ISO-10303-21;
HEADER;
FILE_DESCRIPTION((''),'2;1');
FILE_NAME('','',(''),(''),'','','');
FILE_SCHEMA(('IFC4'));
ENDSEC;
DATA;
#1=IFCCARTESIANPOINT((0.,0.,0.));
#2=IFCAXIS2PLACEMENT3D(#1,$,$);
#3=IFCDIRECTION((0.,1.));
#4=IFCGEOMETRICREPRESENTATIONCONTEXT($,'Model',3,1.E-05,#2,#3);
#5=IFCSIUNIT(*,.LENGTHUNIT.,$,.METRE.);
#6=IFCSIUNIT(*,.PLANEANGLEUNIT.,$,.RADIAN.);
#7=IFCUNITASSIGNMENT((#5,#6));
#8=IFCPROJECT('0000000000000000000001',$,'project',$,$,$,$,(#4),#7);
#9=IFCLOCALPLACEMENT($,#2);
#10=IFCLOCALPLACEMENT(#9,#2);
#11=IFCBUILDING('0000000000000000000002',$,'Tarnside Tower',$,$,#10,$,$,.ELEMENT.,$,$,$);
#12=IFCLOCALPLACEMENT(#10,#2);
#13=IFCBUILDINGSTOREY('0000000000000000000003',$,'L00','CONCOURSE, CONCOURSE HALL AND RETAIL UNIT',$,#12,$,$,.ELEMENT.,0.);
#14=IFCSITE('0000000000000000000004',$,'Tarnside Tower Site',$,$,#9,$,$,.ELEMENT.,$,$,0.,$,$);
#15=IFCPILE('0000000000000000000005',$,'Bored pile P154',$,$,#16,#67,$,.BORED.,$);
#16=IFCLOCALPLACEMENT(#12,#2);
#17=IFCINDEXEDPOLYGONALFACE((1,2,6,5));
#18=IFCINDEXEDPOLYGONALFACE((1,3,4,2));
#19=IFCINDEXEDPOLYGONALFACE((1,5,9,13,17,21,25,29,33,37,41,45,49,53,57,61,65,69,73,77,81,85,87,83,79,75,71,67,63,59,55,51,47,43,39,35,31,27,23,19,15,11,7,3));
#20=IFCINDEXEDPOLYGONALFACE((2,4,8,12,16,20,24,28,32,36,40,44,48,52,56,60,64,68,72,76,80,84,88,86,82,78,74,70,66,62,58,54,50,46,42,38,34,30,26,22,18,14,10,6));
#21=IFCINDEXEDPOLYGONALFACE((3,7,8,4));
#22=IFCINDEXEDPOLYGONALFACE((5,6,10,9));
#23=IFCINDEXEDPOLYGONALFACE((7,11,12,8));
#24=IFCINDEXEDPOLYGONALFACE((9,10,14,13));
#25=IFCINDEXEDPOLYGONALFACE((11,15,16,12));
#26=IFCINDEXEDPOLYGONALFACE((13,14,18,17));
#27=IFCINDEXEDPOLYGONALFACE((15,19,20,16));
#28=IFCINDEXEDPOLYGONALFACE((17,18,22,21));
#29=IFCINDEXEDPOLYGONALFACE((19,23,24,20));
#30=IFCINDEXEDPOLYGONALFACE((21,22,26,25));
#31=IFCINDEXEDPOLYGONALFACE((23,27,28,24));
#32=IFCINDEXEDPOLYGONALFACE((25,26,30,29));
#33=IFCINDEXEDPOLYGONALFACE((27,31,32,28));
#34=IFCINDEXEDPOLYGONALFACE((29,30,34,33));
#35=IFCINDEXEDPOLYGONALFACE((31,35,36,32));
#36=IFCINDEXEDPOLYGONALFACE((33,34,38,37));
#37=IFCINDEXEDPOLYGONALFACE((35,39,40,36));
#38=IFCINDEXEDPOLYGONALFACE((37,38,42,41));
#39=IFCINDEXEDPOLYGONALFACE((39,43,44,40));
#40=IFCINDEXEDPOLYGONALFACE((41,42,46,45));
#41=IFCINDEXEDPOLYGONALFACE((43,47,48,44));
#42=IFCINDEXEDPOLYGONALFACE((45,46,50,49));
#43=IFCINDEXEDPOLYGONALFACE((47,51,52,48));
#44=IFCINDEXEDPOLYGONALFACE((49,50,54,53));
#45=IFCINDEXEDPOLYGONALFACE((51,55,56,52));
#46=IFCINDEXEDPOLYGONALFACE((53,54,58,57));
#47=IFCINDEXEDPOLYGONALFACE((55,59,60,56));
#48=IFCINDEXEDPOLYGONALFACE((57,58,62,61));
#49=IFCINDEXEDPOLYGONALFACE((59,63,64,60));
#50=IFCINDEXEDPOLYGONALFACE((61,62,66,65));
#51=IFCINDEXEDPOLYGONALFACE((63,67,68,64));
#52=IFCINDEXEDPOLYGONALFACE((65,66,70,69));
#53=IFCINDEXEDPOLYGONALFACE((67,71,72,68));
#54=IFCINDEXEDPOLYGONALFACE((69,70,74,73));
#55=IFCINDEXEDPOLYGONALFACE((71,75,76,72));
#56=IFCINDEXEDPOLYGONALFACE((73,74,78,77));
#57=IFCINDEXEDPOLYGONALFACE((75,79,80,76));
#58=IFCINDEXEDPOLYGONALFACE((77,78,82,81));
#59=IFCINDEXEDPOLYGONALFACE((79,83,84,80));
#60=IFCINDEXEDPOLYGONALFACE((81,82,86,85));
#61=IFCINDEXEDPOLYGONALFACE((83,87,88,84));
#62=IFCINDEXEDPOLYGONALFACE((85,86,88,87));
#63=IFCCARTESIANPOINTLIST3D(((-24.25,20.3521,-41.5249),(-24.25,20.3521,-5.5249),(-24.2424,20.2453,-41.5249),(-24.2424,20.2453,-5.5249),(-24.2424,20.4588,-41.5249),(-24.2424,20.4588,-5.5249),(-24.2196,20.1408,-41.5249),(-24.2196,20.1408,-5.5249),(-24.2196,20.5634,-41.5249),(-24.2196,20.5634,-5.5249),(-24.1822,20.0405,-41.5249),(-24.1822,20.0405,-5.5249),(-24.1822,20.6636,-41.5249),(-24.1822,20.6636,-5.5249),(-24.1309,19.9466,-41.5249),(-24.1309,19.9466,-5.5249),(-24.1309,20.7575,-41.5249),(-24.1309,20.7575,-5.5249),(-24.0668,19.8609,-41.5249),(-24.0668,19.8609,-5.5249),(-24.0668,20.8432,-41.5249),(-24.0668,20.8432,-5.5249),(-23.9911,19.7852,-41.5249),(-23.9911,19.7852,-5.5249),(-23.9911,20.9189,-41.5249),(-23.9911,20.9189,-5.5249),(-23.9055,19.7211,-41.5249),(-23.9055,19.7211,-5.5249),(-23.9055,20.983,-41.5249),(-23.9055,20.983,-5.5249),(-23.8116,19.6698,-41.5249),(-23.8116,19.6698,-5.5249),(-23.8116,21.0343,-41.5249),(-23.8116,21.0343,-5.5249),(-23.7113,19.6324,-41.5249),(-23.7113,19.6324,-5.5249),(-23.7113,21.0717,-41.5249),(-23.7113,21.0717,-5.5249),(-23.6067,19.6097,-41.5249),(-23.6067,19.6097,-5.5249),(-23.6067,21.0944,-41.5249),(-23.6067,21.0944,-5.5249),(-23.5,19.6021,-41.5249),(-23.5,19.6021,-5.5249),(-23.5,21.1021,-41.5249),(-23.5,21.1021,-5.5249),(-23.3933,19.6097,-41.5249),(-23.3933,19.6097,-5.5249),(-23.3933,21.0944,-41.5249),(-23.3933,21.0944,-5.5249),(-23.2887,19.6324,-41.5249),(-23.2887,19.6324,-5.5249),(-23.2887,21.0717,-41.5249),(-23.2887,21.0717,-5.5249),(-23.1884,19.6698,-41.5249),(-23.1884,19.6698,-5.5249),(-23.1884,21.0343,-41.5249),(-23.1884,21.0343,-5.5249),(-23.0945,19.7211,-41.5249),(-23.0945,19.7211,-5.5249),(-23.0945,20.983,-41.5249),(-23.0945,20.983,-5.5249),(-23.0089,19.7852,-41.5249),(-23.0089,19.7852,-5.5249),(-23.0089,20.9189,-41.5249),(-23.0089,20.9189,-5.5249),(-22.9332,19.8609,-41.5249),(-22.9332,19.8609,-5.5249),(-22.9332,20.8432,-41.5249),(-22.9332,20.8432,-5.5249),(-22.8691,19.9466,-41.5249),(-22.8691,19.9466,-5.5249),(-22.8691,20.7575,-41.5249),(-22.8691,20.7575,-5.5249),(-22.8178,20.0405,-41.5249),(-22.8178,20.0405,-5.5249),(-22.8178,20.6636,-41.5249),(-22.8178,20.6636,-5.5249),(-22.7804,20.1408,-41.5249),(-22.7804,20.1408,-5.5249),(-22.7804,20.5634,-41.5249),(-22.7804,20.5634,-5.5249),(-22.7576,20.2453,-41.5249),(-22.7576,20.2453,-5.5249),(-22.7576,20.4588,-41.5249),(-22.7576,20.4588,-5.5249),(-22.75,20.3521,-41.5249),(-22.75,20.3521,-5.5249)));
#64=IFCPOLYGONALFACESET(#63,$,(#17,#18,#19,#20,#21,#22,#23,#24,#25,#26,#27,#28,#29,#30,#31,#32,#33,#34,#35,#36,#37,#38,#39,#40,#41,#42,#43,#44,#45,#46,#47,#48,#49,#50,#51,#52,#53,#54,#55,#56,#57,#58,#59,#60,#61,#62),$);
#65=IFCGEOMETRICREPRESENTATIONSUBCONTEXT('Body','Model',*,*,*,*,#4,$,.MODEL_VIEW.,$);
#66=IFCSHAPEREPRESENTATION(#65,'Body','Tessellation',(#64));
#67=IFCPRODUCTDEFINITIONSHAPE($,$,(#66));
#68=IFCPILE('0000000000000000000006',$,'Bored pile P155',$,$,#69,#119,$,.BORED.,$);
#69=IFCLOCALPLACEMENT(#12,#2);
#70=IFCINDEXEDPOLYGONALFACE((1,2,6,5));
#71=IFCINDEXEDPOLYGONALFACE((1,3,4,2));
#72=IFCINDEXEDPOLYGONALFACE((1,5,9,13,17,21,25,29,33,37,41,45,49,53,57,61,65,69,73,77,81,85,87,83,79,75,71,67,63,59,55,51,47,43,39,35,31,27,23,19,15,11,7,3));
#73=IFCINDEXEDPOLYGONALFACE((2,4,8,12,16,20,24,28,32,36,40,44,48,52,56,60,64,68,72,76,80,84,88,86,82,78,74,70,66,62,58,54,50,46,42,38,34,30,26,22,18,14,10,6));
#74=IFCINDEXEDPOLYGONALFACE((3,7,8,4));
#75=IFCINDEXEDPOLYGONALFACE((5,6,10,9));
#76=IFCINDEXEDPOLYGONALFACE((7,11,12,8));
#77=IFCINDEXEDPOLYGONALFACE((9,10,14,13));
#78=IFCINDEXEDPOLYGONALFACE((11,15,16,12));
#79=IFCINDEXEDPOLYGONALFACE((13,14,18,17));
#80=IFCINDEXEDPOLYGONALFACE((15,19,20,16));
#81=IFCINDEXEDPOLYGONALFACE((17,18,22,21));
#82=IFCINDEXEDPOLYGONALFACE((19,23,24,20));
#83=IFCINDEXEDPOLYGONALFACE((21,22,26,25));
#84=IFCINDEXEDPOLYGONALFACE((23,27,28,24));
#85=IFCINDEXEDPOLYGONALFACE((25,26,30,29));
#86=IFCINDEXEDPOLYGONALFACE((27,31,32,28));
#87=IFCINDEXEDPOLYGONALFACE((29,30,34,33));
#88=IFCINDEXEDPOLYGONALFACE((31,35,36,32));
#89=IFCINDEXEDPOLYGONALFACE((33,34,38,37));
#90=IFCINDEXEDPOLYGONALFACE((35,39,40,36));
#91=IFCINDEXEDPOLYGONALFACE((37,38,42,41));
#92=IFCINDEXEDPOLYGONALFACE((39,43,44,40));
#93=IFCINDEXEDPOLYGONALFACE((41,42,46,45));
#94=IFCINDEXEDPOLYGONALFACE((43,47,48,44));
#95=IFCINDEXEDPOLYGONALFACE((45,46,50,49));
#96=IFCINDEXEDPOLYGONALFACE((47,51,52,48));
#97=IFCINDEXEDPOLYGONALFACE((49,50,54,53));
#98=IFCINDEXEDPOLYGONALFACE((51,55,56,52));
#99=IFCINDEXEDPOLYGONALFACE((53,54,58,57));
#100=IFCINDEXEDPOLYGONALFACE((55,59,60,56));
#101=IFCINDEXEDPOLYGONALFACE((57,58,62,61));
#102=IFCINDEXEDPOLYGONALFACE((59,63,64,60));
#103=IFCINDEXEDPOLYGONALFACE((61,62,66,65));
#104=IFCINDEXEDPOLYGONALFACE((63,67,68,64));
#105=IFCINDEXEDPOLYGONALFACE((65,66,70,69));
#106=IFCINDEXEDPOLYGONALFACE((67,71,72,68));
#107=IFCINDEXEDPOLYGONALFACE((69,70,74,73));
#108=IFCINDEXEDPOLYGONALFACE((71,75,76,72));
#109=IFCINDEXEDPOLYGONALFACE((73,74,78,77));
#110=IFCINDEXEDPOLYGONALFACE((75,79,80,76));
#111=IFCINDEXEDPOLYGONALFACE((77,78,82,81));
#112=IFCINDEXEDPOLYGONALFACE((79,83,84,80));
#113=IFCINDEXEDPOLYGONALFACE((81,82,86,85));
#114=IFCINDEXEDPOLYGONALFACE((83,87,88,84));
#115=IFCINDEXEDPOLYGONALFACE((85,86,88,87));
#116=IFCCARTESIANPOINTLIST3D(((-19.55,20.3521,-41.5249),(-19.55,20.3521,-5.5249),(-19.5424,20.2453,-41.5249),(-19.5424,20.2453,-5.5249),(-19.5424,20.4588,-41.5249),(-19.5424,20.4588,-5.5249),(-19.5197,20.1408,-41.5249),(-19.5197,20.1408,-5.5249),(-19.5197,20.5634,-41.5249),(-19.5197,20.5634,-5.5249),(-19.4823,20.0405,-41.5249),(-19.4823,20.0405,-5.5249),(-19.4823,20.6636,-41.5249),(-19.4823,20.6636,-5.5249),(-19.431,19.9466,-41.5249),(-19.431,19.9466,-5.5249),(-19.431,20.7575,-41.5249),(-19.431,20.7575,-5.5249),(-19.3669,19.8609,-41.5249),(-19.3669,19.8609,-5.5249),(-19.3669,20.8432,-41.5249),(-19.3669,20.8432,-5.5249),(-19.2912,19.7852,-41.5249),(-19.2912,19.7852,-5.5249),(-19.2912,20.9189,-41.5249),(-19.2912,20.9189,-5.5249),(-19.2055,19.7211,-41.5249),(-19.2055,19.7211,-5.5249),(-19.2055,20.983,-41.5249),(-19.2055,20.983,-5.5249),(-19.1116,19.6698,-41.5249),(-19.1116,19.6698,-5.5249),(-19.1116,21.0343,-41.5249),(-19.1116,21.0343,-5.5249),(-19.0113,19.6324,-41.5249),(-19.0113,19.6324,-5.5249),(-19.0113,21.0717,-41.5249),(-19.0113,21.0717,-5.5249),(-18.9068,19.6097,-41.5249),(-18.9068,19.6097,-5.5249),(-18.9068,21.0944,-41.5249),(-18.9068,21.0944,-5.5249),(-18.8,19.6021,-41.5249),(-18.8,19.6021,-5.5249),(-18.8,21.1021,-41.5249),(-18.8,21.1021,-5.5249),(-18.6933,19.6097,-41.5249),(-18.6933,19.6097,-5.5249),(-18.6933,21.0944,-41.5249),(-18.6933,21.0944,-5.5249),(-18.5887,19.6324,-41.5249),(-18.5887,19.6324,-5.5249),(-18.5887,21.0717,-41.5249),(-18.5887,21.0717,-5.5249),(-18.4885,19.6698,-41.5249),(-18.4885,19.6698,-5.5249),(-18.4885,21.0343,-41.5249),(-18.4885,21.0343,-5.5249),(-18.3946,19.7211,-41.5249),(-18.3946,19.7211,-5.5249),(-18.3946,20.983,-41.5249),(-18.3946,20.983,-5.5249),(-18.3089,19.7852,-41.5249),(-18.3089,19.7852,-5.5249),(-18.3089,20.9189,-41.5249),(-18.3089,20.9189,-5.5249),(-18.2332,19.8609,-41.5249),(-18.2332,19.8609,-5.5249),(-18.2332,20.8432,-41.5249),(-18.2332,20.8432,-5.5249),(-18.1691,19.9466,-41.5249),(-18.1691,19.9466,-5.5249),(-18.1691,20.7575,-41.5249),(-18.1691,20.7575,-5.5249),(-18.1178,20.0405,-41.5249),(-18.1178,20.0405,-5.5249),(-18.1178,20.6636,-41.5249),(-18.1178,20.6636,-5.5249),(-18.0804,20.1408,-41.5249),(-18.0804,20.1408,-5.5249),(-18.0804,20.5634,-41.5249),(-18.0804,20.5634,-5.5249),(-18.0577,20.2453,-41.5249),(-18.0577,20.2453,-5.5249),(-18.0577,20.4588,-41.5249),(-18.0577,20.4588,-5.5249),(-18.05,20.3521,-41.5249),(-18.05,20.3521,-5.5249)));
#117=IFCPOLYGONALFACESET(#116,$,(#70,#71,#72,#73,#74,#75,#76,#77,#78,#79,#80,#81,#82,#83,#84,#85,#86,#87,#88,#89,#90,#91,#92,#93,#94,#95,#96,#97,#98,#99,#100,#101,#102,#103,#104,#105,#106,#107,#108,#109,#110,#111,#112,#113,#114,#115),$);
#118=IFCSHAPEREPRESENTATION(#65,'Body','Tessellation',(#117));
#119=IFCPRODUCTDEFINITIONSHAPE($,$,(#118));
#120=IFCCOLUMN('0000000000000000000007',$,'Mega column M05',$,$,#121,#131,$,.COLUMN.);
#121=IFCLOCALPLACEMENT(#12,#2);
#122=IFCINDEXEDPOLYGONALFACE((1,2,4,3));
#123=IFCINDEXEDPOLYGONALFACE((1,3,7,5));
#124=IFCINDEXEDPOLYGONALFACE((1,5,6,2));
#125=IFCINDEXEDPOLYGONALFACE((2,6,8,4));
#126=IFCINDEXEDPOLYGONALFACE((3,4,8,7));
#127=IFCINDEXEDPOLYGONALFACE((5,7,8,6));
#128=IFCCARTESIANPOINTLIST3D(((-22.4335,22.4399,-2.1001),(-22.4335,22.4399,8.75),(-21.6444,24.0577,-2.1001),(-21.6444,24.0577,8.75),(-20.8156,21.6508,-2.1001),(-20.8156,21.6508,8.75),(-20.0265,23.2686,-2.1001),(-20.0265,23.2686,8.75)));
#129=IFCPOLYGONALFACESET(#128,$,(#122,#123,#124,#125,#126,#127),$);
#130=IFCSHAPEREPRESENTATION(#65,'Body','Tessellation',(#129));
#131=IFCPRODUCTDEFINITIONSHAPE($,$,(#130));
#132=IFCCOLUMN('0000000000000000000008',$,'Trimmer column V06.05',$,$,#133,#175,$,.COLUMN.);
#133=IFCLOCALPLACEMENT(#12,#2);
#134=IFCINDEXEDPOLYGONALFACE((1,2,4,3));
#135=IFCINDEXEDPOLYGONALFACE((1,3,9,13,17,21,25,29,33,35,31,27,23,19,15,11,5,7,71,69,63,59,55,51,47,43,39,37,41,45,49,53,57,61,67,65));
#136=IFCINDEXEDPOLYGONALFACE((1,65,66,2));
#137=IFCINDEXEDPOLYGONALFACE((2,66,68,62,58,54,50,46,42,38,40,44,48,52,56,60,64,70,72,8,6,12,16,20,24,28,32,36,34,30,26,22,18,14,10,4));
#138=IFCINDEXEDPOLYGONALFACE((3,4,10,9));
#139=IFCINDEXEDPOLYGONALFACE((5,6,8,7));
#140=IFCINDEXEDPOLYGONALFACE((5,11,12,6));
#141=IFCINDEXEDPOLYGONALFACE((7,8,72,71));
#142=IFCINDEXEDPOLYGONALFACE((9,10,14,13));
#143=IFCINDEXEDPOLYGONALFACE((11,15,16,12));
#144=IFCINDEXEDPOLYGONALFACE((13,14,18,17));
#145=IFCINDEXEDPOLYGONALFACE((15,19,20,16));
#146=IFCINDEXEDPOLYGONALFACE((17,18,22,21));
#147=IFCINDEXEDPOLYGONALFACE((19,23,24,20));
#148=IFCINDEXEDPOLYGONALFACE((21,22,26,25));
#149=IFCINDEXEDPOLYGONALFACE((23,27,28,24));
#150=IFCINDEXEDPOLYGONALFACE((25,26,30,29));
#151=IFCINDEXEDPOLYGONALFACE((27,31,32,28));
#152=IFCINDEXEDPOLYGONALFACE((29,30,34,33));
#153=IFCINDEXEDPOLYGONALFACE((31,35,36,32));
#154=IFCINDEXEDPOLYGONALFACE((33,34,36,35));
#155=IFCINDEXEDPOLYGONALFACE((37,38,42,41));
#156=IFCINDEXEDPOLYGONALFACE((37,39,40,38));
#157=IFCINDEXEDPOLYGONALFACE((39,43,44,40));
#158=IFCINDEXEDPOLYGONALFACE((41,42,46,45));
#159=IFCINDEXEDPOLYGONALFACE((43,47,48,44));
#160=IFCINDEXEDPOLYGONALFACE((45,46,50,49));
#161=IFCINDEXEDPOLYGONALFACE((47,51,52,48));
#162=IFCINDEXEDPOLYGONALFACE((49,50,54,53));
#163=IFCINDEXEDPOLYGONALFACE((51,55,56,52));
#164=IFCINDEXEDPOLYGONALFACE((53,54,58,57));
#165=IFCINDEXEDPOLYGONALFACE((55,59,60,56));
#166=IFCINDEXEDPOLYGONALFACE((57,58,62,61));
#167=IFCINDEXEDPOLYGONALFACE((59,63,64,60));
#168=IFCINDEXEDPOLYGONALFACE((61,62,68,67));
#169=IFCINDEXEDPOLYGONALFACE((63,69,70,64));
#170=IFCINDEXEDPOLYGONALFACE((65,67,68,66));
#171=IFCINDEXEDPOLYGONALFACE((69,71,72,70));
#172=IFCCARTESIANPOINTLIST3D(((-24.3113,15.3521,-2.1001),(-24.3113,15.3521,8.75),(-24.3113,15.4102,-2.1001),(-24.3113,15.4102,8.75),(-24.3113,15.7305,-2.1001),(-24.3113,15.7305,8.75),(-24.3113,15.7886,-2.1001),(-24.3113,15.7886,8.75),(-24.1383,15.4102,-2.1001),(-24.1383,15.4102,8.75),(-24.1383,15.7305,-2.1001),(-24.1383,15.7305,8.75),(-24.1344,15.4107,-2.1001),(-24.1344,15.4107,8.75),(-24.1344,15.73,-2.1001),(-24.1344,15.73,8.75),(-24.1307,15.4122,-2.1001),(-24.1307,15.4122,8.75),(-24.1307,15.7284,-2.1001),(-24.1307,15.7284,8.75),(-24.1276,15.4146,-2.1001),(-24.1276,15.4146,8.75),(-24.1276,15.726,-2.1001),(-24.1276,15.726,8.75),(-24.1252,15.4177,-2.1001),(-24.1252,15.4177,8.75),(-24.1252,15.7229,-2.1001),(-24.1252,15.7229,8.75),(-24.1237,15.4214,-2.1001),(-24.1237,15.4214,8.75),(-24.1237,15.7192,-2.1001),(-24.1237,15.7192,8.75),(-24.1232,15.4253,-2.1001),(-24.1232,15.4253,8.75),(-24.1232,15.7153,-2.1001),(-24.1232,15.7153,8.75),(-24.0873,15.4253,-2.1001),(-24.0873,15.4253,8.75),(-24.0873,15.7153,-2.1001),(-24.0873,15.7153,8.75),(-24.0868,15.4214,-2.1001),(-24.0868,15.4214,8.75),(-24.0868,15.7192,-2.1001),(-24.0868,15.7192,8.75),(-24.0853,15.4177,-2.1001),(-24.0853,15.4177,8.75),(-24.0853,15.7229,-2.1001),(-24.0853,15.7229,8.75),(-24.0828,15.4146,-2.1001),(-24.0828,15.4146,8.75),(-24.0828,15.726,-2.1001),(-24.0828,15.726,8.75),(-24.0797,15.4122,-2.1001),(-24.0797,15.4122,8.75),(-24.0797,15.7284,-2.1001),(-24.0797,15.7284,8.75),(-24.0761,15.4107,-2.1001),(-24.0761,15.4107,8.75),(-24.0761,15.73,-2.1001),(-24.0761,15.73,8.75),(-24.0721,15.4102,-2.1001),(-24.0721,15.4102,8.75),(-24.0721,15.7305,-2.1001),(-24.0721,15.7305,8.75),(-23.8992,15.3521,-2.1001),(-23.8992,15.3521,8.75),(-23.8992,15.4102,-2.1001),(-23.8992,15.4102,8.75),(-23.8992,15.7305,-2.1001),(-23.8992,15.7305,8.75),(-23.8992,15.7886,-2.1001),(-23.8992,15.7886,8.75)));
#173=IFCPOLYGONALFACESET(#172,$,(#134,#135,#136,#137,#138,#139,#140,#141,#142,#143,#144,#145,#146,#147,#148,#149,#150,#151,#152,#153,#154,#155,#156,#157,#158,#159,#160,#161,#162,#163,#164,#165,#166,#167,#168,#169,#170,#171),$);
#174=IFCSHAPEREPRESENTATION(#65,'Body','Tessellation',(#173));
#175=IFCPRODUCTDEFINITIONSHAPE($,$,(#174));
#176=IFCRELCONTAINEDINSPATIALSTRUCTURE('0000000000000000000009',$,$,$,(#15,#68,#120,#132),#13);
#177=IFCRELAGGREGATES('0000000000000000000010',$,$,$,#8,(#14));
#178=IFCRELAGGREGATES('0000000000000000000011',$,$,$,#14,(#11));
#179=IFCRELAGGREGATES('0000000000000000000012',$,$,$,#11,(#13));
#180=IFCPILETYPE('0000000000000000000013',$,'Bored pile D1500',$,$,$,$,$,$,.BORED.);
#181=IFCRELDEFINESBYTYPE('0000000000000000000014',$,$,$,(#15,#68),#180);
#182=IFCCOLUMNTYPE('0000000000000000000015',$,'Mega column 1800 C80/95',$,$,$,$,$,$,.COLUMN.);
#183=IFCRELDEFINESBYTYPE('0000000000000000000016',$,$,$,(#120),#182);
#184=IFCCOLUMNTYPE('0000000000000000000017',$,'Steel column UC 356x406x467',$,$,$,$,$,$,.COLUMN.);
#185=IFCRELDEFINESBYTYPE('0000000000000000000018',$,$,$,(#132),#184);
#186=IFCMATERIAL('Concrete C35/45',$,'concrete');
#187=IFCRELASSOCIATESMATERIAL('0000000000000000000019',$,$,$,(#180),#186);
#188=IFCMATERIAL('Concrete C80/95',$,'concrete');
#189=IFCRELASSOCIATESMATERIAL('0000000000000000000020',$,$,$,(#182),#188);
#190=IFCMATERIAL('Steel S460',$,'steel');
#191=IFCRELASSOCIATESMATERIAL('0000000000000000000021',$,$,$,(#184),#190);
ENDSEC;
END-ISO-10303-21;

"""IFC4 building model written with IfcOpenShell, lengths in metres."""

from ifc_helpers import new_model, si_unit, direction, frame, origin, origin_2d, place, context, subcontext, project, spatial, rectangle, circle, i_section, extrude, material, material_profile, profile_set, type_object, element, save


model = new_model("IFC4")

# Units and contexts
model_context = context("Model", 3, precision=1e-05, world=origin(), true_north=direction((0.0, 1.0)))
body_context = subcontext(model_context, "Body", "Model", "MODEL_VIEW")
ifc_project = project(units=[si_unit("LENGTHUNIT", "METRE"), si_unit("PLANEANGLEUNIT", "RADIAN")], contexts=[model_context])

# Site, building, storey
site_placement = place(None, origin())
site = spatial("IfcSite", under=ifc_project, at=site_placement, Name="Tarnside Tower Site", CompositionType="ELEMENT", RefElevation=0.0)
building_placement = place(site_placement, origin())
building = spatial("IfcBuilding", under=site, at=building_placement, Name="Tarnside Tower", CompositionType="ELEMENT")
storey_placement = place(building_placement, origin())
storey = spatial("IfcBuildingStorey", under=building, at=storey_placement, Name="L00", Description="CONCOURSE, CONCOURSE HALL AND RETAIL UNIT", CompositionType="ELEMENT", Elevation=0.0)

# Piles
ifc_material_1 = material(Name="Concrete C35/45", Category="concrete")
ifc_material_profile_1 = material_profile(ifc_material_1, circle(Radius=0.75, at=origin_2d()), Name="Bored pile D1500")
ifc_profile_set_1 = profile_set([ifc_material_profile_1], Name="Concrete C35/45")
pile_type = type_object("IfcPileType", Name="Bored pile D1500", PredefinedType="BORED", material=ifc_profile_set_1)
for number, where, z_axis, x_axis, name in (
    (1, (-23.5, 20.3521, -5.5249), (0.0, 0.0, -1.0), (1.0, 0.0, 0.0), "Bored pile P154"),
    (2, (-18.8, 20.3521, -5.5249), (0.0, 0.0, -1.0), (1.0, 0.0, 0.0), "Bored pile P155"),
):
    element("IfcPile", number, at=place(storey_placement, frame(where, z_axis=z_axis, x_axis=x_axis)), inside=storey, type_object=pile_type, Name=name, PredefinedType="BORED", context=body_context, shape_type="SweptSolid", body=[
        extrude(circle(Radius=0.75, at=origin_2d()), origin(), (0.0, 0.0, 1.0), 36.0),
    ])

# Columns
ifc_material_2 = material(Name="Concrete C80/95", Category="concrete")
ifc_material_profile_2 = material_profile(ifc_material_2, rectangle(XDim=1.8, YDim=1.8, at=origin_2d()), Name="Mega column 1800x1800")
ifc_profile_set_2 = profile_set([ifc_material_profile_2], Name="Concrete C80/95")
column_type_1 = type_object("IfcColumnType", Name="Mega column 1800 C80/95", PredefinedType="COLUMN", material=ifc_profile_set_2)
column_placement = place(storey_placement, frame((-21.23, 22.8542, -2.1001), z_axis=(0.0, 0.0, 1.0), x_axis=(0.438371, 0.898794, 0.0)))
element("IfcColumn", 3, at=column_placement, inside=storey, type_object=column_type_1, Name="Mega column M05", PredefinedType="COLUMN", context=body_context, shape_type="SweptSolid", body=[
    extrude(rectangle(XDim=1.8, YDim=1.8, at=origin_2d()), origin(), (0.0, 0.0, 1.0), 10.8501),
])
ifc_material_3 = material(Name="Steel S460", Category="steel")
ifc_material_profile_3 = material_profile(ifc_material_3, i_section(OverallWidth=0.4121, OverallDepth=0.4365, WebThickness=0.0359, FlangeThickness=0.0581, FilletRadius=0.0151, at=origin_2d()), Name="UC 356x406x467")
ifc_profile_set_3 = profile_set([ifc_material_profile_3], Name="Steel S460")
column_type_2 = type_object("IfcColumnType", Name="Steel column UC 356x406x467", PredefinedType="COLUMN", material=ifc_profile_set_3)
for number, where, z_axis, x_axis, name in (
    (4, (-24.1052, 15.5703, -2.1001), (0.0, 0.0, 1.0), (1.0, 0.0, 0.0), "Trimmer column V06.05"),
):
    element("IfcColumn", number, at=place(storey_placement, frame(where, z_axis=z_axis, x_axis=x_axis)), inside=storey, type_object=column_type_2, Name=name, PredefinedType="COLUMN", context=body_context, shape_type="SweptSolid", body=[
        extrude(i_section(OverallWidth=0.4121, OverallDepth=0.4365, WebThickness=0.0359, FlangeThickness=0.0581, FilletRadius=0.0151, at=origin_2d()), origin(), (0.0, 0.0, 1.0), 10.8501),
    ])

save(model, "model.ifc")
